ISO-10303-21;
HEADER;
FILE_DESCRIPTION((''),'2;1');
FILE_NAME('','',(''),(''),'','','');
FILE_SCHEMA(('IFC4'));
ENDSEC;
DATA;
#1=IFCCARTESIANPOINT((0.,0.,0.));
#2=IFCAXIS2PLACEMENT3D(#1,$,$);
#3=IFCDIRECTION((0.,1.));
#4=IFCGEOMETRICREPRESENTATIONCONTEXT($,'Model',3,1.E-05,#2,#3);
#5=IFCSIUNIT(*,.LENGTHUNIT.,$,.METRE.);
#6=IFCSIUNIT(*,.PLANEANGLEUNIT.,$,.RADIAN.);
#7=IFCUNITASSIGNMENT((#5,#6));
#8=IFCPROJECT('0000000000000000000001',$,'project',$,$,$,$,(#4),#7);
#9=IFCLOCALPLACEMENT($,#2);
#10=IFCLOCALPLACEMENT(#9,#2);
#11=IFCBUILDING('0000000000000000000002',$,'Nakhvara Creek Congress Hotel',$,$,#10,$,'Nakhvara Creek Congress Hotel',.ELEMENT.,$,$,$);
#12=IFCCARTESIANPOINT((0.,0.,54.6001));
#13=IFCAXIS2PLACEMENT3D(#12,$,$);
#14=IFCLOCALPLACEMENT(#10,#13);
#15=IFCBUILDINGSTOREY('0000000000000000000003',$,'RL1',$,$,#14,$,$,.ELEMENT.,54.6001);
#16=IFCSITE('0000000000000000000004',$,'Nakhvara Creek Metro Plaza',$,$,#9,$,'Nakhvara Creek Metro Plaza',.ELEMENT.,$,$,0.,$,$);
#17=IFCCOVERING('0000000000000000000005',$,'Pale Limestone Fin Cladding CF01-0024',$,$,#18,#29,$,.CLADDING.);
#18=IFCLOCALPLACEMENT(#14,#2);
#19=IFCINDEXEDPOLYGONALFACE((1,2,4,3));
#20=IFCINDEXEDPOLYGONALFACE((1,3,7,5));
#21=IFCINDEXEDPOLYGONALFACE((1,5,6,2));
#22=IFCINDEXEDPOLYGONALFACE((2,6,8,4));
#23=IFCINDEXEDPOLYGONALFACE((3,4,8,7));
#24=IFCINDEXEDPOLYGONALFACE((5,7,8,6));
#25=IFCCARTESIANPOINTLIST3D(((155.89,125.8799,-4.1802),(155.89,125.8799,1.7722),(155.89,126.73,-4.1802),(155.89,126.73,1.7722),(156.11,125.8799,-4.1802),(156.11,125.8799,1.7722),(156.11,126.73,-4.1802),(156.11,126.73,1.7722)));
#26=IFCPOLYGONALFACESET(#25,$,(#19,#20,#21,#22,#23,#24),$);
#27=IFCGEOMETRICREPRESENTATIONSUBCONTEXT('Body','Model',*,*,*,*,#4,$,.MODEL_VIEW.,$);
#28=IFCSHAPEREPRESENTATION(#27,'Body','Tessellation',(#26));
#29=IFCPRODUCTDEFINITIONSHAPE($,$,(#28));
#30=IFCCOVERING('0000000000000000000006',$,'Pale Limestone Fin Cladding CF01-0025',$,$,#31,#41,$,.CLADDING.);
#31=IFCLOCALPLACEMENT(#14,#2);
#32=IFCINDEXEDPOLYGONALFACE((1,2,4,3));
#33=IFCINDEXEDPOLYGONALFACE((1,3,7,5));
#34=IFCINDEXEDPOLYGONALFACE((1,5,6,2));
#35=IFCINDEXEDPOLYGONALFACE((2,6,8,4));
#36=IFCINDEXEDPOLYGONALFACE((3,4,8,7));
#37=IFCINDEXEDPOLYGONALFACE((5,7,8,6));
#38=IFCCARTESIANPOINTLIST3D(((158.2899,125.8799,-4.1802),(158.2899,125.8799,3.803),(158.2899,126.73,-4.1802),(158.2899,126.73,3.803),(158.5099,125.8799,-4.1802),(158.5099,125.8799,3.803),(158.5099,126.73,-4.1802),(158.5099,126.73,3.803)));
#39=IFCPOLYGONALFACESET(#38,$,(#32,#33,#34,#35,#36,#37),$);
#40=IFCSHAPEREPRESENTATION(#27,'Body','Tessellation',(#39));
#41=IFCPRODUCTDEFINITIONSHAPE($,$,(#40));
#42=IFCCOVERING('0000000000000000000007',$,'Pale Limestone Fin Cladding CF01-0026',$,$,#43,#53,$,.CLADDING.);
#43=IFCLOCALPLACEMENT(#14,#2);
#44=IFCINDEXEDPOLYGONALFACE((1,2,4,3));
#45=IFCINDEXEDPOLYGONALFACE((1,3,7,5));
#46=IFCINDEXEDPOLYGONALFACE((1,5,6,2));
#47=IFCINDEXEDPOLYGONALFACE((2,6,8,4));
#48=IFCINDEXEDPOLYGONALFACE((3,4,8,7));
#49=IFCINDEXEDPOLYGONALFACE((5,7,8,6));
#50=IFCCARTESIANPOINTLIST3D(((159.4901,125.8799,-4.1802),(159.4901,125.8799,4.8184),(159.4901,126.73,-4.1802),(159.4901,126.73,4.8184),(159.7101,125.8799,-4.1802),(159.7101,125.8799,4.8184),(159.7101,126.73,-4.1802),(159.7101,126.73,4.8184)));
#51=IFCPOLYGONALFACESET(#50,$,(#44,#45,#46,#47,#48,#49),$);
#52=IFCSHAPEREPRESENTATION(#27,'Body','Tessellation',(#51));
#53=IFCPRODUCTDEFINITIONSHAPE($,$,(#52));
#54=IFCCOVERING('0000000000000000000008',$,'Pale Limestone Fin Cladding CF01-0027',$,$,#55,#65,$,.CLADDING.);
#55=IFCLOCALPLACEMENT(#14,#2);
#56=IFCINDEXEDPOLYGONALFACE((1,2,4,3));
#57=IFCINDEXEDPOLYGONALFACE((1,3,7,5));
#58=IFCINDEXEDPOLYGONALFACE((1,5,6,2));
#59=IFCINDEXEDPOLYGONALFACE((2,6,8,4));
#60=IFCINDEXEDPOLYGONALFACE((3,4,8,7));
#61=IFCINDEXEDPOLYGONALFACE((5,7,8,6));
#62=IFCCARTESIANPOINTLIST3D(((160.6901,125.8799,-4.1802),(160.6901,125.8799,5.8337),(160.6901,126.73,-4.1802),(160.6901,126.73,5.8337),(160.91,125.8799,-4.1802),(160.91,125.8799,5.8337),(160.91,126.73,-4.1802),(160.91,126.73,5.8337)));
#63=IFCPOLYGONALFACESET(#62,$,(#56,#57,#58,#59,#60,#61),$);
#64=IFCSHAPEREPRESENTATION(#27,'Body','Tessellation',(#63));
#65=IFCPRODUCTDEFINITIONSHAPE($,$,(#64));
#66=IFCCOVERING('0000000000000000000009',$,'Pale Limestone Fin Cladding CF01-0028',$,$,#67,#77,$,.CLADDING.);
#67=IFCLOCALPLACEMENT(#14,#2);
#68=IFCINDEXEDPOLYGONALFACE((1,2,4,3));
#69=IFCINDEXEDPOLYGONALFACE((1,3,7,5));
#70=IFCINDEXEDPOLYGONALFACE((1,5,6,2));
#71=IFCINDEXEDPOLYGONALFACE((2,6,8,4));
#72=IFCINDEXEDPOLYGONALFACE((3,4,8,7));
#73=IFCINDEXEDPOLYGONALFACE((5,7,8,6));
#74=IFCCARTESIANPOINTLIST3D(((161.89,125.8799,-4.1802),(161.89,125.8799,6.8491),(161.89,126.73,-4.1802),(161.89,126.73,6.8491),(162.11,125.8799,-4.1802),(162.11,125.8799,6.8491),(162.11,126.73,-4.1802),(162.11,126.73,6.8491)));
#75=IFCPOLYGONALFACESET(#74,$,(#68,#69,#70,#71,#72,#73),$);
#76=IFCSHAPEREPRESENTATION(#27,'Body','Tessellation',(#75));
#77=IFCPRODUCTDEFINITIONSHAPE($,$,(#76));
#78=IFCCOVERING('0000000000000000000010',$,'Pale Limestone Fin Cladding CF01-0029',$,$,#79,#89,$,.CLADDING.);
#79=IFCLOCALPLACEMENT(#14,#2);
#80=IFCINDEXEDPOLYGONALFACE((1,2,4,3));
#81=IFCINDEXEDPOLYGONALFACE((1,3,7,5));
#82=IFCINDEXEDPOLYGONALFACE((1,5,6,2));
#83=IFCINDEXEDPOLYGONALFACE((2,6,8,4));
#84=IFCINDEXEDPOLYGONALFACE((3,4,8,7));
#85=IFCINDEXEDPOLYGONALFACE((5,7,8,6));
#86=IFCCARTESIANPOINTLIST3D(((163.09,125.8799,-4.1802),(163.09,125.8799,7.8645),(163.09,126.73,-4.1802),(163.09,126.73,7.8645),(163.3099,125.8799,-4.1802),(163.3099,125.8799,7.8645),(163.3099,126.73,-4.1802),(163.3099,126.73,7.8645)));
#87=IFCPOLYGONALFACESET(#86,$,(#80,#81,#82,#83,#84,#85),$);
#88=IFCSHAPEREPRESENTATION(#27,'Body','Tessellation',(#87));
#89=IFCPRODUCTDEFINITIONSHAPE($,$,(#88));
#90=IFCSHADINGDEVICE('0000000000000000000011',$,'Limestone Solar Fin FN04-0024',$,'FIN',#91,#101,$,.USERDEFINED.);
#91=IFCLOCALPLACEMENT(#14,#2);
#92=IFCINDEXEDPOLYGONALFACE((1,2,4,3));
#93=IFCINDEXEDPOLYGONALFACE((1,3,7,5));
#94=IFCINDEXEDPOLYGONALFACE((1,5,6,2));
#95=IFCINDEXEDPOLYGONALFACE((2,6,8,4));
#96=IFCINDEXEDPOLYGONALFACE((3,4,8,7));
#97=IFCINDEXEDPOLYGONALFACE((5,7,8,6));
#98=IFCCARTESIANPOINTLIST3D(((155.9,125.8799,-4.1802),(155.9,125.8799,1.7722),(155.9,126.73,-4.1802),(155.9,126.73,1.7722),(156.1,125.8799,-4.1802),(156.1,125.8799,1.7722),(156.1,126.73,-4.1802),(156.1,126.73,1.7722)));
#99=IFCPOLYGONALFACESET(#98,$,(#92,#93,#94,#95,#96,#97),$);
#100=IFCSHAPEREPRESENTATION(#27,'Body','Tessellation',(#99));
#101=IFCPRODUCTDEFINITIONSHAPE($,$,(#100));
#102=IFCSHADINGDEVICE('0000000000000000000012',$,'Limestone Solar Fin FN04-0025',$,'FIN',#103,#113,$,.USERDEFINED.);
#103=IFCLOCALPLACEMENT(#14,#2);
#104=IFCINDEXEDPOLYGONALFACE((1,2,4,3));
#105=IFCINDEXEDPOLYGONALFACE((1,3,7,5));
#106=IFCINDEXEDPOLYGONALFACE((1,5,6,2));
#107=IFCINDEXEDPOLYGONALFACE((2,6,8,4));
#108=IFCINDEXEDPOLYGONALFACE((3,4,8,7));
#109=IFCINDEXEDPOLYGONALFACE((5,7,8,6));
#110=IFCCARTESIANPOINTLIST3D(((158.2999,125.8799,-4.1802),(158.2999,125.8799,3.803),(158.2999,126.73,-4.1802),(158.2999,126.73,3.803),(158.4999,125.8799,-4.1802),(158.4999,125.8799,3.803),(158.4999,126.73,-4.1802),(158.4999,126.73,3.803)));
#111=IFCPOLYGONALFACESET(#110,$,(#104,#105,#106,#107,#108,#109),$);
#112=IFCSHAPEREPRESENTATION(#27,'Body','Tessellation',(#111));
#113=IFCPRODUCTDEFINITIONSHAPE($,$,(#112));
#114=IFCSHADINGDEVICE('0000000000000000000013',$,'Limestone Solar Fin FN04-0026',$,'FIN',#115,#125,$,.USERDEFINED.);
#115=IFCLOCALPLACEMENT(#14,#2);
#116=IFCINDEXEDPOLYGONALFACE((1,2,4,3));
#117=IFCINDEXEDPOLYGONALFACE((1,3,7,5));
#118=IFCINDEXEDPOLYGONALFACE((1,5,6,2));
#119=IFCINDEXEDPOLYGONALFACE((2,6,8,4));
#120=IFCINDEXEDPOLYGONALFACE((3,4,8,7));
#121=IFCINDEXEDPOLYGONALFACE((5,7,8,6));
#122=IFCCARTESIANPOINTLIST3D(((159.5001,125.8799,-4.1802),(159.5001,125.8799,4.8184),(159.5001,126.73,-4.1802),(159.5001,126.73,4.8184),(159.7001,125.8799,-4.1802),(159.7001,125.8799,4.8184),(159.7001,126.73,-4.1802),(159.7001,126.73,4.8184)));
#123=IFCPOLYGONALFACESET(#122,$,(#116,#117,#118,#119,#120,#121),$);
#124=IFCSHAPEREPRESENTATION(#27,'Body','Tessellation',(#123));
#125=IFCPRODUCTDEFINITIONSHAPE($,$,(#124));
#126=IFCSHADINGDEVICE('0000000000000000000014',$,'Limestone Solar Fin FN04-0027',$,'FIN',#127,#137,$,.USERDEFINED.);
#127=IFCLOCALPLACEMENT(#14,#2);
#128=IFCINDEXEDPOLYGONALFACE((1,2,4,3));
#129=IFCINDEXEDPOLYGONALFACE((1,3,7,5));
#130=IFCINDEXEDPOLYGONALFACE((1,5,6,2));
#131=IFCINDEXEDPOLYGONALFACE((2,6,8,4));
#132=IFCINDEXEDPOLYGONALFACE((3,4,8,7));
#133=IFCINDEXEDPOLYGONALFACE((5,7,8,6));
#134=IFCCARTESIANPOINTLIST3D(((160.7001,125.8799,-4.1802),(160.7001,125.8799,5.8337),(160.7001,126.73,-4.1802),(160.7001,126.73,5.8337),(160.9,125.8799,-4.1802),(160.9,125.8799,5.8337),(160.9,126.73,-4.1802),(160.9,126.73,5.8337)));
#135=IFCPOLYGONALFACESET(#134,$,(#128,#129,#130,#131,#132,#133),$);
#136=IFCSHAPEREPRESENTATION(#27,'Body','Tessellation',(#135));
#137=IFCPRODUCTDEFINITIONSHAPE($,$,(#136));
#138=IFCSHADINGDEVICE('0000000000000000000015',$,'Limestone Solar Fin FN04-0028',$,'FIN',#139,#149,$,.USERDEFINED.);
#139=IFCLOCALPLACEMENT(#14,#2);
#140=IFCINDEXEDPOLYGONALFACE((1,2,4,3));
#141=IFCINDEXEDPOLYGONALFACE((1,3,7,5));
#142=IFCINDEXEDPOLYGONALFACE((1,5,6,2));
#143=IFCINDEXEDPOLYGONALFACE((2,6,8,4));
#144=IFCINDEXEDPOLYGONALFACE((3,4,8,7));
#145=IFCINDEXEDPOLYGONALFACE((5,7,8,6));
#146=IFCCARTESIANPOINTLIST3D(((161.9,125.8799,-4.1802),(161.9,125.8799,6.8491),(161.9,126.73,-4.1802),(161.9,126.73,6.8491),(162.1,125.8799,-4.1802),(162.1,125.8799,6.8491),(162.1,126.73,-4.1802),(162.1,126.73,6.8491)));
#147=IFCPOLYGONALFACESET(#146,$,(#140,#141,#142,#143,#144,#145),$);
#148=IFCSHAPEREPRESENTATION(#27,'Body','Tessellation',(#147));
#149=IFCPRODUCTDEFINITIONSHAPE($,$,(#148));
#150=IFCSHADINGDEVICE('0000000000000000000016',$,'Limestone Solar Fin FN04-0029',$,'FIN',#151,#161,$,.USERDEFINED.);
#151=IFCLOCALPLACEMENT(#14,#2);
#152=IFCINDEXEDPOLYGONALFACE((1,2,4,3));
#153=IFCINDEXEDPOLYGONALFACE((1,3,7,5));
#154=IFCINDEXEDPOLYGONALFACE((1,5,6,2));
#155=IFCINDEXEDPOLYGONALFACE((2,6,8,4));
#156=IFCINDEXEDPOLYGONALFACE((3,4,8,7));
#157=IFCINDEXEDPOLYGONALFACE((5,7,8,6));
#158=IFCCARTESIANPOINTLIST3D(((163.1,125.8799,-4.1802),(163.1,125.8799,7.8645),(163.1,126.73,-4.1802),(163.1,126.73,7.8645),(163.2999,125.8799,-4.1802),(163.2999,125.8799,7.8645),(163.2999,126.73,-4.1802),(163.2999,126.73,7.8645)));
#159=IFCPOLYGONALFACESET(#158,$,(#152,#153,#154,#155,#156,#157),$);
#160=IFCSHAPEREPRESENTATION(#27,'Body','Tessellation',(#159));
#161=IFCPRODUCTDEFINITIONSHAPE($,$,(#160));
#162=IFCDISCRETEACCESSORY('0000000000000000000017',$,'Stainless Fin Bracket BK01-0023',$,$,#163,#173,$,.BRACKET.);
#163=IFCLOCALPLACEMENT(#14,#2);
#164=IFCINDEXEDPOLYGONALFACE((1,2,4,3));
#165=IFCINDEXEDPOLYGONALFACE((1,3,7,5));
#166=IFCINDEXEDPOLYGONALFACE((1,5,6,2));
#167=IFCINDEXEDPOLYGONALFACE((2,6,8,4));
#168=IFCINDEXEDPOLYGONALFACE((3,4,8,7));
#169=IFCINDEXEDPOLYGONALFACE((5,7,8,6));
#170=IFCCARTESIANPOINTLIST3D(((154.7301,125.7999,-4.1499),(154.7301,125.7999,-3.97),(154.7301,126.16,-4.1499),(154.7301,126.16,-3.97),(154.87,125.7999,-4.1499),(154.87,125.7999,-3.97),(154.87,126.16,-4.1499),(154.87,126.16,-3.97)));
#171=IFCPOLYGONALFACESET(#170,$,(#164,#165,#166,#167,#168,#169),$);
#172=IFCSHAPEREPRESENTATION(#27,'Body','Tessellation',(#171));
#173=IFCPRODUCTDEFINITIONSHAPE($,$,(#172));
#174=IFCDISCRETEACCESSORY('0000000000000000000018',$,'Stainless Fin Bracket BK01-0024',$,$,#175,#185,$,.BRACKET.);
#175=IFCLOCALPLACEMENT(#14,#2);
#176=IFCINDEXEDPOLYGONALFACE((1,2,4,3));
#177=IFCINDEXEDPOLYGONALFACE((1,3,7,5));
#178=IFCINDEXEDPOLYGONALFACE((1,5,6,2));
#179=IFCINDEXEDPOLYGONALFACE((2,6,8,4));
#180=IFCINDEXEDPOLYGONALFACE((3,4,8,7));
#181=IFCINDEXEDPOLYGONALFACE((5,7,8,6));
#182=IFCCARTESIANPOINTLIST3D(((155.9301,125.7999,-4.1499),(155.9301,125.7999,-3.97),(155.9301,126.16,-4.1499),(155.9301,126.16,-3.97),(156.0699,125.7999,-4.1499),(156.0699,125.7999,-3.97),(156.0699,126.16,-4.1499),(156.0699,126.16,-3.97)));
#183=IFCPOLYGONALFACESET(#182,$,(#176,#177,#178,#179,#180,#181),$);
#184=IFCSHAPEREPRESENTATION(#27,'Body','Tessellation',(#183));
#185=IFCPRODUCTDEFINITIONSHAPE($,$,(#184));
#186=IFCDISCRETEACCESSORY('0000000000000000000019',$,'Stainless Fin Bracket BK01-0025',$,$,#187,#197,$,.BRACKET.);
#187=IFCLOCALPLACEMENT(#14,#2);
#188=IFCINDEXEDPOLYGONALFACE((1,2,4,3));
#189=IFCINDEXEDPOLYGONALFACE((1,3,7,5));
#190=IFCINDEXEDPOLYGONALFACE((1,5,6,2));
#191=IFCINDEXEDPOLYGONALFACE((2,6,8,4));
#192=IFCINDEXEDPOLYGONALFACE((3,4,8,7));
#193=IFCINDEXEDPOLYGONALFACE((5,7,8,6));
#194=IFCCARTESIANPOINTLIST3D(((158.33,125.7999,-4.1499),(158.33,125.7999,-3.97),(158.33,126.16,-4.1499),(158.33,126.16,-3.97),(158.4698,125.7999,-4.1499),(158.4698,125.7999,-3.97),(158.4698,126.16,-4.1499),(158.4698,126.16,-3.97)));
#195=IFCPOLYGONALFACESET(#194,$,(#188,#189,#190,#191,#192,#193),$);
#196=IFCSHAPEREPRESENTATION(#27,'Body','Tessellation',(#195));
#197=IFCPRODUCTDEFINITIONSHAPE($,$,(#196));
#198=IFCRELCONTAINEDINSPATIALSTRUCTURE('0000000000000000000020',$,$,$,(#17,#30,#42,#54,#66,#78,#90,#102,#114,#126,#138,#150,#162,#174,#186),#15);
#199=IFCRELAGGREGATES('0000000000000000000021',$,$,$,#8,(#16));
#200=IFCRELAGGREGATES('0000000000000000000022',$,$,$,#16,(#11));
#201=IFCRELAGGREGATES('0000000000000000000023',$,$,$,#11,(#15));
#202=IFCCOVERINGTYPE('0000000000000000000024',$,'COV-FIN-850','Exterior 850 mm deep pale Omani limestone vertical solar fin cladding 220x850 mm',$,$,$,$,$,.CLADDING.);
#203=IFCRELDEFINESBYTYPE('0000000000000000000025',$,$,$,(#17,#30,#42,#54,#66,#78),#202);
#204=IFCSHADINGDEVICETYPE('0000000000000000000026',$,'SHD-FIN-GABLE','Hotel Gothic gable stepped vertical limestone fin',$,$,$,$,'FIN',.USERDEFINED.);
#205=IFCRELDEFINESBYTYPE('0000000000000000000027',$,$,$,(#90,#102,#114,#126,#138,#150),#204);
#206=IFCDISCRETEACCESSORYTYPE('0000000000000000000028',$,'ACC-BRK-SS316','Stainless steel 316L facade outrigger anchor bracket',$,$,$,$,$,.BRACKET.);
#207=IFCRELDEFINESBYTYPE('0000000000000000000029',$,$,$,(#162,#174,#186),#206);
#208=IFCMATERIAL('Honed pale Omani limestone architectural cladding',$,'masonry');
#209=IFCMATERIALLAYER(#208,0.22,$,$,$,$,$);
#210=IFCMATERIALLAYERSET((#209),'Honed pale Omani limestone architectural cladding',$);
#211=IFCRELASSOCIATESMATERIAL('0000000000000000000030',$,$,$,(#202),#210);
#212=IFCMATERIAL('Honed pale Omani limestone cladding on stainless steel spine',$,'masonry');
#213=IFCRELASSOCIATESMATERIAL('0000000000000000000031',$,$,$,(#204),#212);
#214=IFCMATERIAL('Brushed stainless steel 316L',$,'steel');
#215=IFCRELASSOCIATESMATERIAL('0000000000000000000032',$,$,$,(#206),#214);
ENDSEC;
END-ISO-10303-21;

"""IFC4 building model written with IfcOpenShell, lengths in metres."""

from ifc_helpers import new_model, si_unit, direction, frame, origin, origin_2d, place, context, subcontext, project, spatial, rectangle, extrude, material, layer, layer_set, type_object, element, save


model = new_model("IFC4")

# Units and contexts
model_context = context("Model", 3, precision=1e-05, world=origin(), true_north=direction((0.0, 1.0)))
body_context = subcontext(model_context, "Body", "Model", "MODEL_VIEW")
ifc_project = project(units=[si_unit("LENGTHUNIT", "METRE"), si_unit("PLANEANGLEUNIT", "RADIAN")], contexts=[model_context])

# Site, building, storey
site_placement = place(None, origin())
site = spatial("IfcSite", under=ifc_project, at=site_placement, Name="Nakhvara Creek Metro Plaza", LongName="Nakhvara Creek Metro Plaza", CompositionType="ELEMENT", RefElevation=0.0)
building_placement = place(site_placement, origin())
building = spatial("IfcBuilding", under=site, at=building_placement, Name="Nakhvara Creek Congress Hotel", LongName="Nakhvara Creek Congress Hotel", CompositionType="ELEMENT")
storey_placement = place(building_placement, frame((0.0, 0.0, 54.6001)))
storey = spatial("IfcBuildingStorey", under=building, at=storey_placement, Name="RL1", CompositionType="ELEMENT", Elevation=54.6001)

# Coverings
ifc_material_1 = material(Name="Honed pale Omani limestone architectural cladding", Category="masonry")
ifc_layer = layer(ifc_material_1, 0.22)
ifc_layer_set = layer_set([ifc_layer], Name="Honed pale Omani limestone architectural cladding")
covering_type = type_object("IfcCoveringType", Name="COV-FIN-850", Description="Exterior 850 mm deep pale Omani limestone vertical solar fin cladding 220x850 mm", PredefinedType="CLADDING", material=ifc_layer_set)
covering_1_placement = place(storey_placement, frame((156.0, 126.3049, -4.1802), z_axis=(0.0, 0.0, 1.0), x_axis=(1.0, 0.0, 0.0)))
element("IfcCovering", 1, at=covering_1_placement, inside=storey, type_object=covering_type, Name="Pale Limestone Fin Cladding CF01-0024", PredefinedType="CLADDING", context=body_context, shape_type="SweptSolid", body=[
    extrude(rectangle(XDim=0.22, YDim=0.8501, at=origin_2d()), origin(), (0.0, 0.0, 1.0), 5.9524),
])
covering_2_placement = place(storey_placement, frame((158.3999, 126.3049, -4.1802), z_axis=(0.0, 0.0, 1.0), x_axis=(1.0, 0.0, 0.0)))
element("IfcCovering", 2, at=covering_2_placement, inside=storey, type_object=covering_type, Name="Pale Limestone Fin Cladding CF01-0025", PredefinedType="CLADDING", context=body_context, shape_type="SweptSolid", body=[
    extrude(rectangle(XDim=0.22, YDim=0.8501, at=origin_2d()), origin(), (0.0, 0.0, 1.0), 7.9832),
])
covering_3_placement = place(storey_placement, frame((159.6001, 126.3049, -4.1802), z_axis=(0.0, 0.0, 1.0), x_axis=(1.0, 0.0, 0.0)))
element("IfcCovering", 3, at=covering_3_placement, inside=storey, type_object=covering_type, Name="Pale Limestone Fin Cladding CF01-0026", PredefinedType="CLADDING", context=body_context, shape_type="SweptSolid", body=[
    extrude(rectangle(XDim=0.22, YDim=0.8501, at=origin_2d()), origin(), (0.0, 0.0, 1.0), 8.9985),
])
covering_4_placement = place(storey_placement, frame((160.8, 126.3049, -4.1802), z_axis=(0.0, 0.0, 1.0), x_axis=(1.0, 0.0, 0.0)))
element("IfcCovering", 4, at=covering_4_placement, inside=storey, type_object=covering_type, Name="Pale Limestone Fin Cladding CF01-0027", PredefinedType="CLADDING", context=body_context, shape_type="SweptSolid", body=[
    extrude(rectangle(XDim=0.22, YDim=0.8501, at=origin_2d()), origin(), (0.0, 0.0, 1.0), 10.0139),
])
covering_5_placement = place(storey_placement, frame((162.0, 126.3049, -4.1802), z_axis=(0.0, 0.0, 1.0), x_axis=(1.0, 0.0, 0.0)))
element("IfcCovering", 5, at=covering_5_placement, inside=storey, type_object=covering_type, Name="Pale Limestone Fin Cladding CF01-0028", PredefinedType="CLADDING", context=body_context, shape_type="SweptSolid", body=[
    extrude(rectangle(XDim=0.22, YDim=0.8501, at=origin_2d()), origin(), (0.0, 0.0, 1.0), 11.0293),
])
covering_6_placement = place(storey_placement, frame((163.2, 126.3049, -4.1802), z_axis=(0.0, 0.0, 1.0), x_axis=(1.0, 0.0, 0.0)))
element("IfcCovering", 6, at=covering_6_placement, inside=storey, type_object=covering_type, Name="Pale Limestone Fin Cladding CF01-0029", PredefinedType="CLADDING", context=body_context, shape_type="SweptSolid", body=[
    extrude(rectangle(XDim=0.22, YDim=0.8501, at=origin_2d()), origin(), (0.0, 0.0, 1.0), 12.0447),
])

# Shading devices
ifc_material_2 = material(Name="Honed pale Omani limestone cladding on stainless steel spine", Category="masonry")
shading_device_type = type_object("IfcShadingDeviceType", Name="SHD-FIN-GABLE", Description="Hotel Gothic gable stepped vertical limestone fin", ElementType="FIN", PredefinedType="USERDEFINED", material=ifc_material_2)
shading_device_1_placement = place(storey_placement, frame((156.0, 126.3049, -4.1802), z_axis=(0.0, 0.0, 1.0), x_axis=(1.0, 0.0, 0.0)))
element("IfcShadingDevice", 7, at=shading_device_1_placement, inside=storey, type_object=shading_device_type, Name="Limestone Solar Fin FN04-0024", ObjectType="FIN", PredefinedType="USERDEFINED", context=body_context, shape_type="SweptSolid", body=[
    extrude(rectangle(XDim=0.2, YDim=0.8501, at=origin_2d()), origin(), (0.0, 0.0, 1.0), 5.9524),
])
shading_device_2_placement = place(storey_placement, frame((158.3999, 126.3049, -4.1802), z_axis=(0.0, 0.0, 1.0), x_axis=(1.0, 0.0, 0.0)))
element("IfcShadingDevice", 8, at=shading_device_2_placement, inside=storey, type_object=shading_device_type, Name="Limestone Solar Fin FN04-0025", ObjectType="FIN", PredefinedType="USERDEFINED", context=body_context, shape_type="SweptSolid", body=[
    extrude(rectangle(XDim=0.2, YDim=0.8501, at=origin_2d()), origin(), (0.0, 0.0, 1.0), 7.9832),
])
shading_device_3_placement = place(storey_placement, frame((159.6001, 126.3049, -4.1802), z_axis=(0.0, 0.0, 1.0), x_axis=(1.0, 0.0, 0.0)))
element("IfcShadingDevice", 9, at=shading_device_3_placement, inside=storey, type_object=shading_device_type, Name="Limestone Solar Fin FN04-0026", ObjectType="FIN", PredefinedType="USERDEFINED", context=body_context, shape_type="SweptSolid", body=[
    extrude(rectangle(XDim=0.2, YDim=0.8501, at=origin_2d()), origin(), (0.0, 0.0, 1.0), 8.9985),
])
shading_device_4_placement = place(storey_placement, frame((160.8, 126.3049, -4.1802), z_axis=(0.0, 0.0, 1.0), x_axis=(1.0, 0.0, 0.0)))
element("IfcShadingDevice", 10, at=shading_device_4_placement, inside=storey, type_object=shading_device_type, Name="Limestone Solar Fin FN04-0027", ObjectType="FIN", PredefinedType="USERDEFINED", context=body_context, shape_type="SweptSolid", body=[
    extrude(rectangle(XDim=0.2, YDim=0.8501, at=origin_2d()), origin(), (0.0, 0.0, 1.0), 10.0139),
])
shading_device_5_placement = place(storey_placement, frame((162.0, 126.3049, -4.1802), z_axis=(0.0, 0.0, 1.0), x_axis=(1.0, 0.0, 0.0)))
element("IfcShadingDevice", 11, at=shading_device_5_placement, inside=storey, type_object=shading_device_type, Name="Limestone Solar Fin FN04-0028", ObjectType="FIN", PredefinedType="USERDEFINED", context=body_context, shape_type="SweptSolid", body=[
    extrude(rectangle(XDim=0.2, YDim=0.8501, at=origin_2d()), origin(), (0.0, 0.0, 1.0), 11.0293),
])
shading_device_6_placement = place(storey_placement, frame((163.2, 126.3049, -4.1802), z_axis=(0.0, 0.0, 1.0), x_axis=(1.0, 0.0, 0.0)))
element("IfcShadingDevice", 12, at=shading_device_6_placement, inside=storey, type_object=shading_device_type, Name="Limestone Solar Fin FN04-0029", ObjectType="FIN", PredefinedType="USERDEFINED", context=body_context, shape_type="SweptSolid", body=[
    extrude(rectangle(XDim=0.2, YDim=0.8501, at=origin_2d()), origin(), (0.0, 0.0, 1.0), 12.0447),
])

# Discrete accessories
ifc_material_3 = material(Name="Brushed stainless steel 316L", Category="steel")
discrete_accessory_type = type_object("IfcDiscreteAccessoryType", Name="ACC-BRK-SS316", Description="Stainless steel 316L facade outrigger anchor bracket", PredefinedType="BRACKET", material=ifc_material_3)
for number, where, z_axis, x_axis, name in (
    (13, (154.8, 125.98, -4.1499), (0.0, 0.0, 1.0), (1.0, 0.0, 0.0), "Stainless Fin Bracket BK01-0023"),
    (14, (156.0, 125.98, -4.1499), (0.0, 0.0, 1.0), (1.0, 0.0, 0.0), "Stainless Fin Bracket BK01-0024"),
    (15, (158.3999, 125.98, -4.1499), (0.0, 0.0, 1.0), (1.0, 0.0, 0.0), "Stainless Fin Bracket BK01-0025"),
):
    element("IfcDiscreteAccessory", number, at=place(storey_placement, frame(where, z_axis=z_axis, x_axis=x_axis)), inside=storey, type_object=discrete_accessory_type, Name=name, PredefinedType="BRACKET", context=body_context, shape_type="SweptSolid", body=[
        extrude(rectangle(XDim=0.1399, YDim=0.3601, at=origin_2d()), origin(), (0.0, 0.0, 1.0), 0.1799),
    ])

save(model, "model.ifc")
